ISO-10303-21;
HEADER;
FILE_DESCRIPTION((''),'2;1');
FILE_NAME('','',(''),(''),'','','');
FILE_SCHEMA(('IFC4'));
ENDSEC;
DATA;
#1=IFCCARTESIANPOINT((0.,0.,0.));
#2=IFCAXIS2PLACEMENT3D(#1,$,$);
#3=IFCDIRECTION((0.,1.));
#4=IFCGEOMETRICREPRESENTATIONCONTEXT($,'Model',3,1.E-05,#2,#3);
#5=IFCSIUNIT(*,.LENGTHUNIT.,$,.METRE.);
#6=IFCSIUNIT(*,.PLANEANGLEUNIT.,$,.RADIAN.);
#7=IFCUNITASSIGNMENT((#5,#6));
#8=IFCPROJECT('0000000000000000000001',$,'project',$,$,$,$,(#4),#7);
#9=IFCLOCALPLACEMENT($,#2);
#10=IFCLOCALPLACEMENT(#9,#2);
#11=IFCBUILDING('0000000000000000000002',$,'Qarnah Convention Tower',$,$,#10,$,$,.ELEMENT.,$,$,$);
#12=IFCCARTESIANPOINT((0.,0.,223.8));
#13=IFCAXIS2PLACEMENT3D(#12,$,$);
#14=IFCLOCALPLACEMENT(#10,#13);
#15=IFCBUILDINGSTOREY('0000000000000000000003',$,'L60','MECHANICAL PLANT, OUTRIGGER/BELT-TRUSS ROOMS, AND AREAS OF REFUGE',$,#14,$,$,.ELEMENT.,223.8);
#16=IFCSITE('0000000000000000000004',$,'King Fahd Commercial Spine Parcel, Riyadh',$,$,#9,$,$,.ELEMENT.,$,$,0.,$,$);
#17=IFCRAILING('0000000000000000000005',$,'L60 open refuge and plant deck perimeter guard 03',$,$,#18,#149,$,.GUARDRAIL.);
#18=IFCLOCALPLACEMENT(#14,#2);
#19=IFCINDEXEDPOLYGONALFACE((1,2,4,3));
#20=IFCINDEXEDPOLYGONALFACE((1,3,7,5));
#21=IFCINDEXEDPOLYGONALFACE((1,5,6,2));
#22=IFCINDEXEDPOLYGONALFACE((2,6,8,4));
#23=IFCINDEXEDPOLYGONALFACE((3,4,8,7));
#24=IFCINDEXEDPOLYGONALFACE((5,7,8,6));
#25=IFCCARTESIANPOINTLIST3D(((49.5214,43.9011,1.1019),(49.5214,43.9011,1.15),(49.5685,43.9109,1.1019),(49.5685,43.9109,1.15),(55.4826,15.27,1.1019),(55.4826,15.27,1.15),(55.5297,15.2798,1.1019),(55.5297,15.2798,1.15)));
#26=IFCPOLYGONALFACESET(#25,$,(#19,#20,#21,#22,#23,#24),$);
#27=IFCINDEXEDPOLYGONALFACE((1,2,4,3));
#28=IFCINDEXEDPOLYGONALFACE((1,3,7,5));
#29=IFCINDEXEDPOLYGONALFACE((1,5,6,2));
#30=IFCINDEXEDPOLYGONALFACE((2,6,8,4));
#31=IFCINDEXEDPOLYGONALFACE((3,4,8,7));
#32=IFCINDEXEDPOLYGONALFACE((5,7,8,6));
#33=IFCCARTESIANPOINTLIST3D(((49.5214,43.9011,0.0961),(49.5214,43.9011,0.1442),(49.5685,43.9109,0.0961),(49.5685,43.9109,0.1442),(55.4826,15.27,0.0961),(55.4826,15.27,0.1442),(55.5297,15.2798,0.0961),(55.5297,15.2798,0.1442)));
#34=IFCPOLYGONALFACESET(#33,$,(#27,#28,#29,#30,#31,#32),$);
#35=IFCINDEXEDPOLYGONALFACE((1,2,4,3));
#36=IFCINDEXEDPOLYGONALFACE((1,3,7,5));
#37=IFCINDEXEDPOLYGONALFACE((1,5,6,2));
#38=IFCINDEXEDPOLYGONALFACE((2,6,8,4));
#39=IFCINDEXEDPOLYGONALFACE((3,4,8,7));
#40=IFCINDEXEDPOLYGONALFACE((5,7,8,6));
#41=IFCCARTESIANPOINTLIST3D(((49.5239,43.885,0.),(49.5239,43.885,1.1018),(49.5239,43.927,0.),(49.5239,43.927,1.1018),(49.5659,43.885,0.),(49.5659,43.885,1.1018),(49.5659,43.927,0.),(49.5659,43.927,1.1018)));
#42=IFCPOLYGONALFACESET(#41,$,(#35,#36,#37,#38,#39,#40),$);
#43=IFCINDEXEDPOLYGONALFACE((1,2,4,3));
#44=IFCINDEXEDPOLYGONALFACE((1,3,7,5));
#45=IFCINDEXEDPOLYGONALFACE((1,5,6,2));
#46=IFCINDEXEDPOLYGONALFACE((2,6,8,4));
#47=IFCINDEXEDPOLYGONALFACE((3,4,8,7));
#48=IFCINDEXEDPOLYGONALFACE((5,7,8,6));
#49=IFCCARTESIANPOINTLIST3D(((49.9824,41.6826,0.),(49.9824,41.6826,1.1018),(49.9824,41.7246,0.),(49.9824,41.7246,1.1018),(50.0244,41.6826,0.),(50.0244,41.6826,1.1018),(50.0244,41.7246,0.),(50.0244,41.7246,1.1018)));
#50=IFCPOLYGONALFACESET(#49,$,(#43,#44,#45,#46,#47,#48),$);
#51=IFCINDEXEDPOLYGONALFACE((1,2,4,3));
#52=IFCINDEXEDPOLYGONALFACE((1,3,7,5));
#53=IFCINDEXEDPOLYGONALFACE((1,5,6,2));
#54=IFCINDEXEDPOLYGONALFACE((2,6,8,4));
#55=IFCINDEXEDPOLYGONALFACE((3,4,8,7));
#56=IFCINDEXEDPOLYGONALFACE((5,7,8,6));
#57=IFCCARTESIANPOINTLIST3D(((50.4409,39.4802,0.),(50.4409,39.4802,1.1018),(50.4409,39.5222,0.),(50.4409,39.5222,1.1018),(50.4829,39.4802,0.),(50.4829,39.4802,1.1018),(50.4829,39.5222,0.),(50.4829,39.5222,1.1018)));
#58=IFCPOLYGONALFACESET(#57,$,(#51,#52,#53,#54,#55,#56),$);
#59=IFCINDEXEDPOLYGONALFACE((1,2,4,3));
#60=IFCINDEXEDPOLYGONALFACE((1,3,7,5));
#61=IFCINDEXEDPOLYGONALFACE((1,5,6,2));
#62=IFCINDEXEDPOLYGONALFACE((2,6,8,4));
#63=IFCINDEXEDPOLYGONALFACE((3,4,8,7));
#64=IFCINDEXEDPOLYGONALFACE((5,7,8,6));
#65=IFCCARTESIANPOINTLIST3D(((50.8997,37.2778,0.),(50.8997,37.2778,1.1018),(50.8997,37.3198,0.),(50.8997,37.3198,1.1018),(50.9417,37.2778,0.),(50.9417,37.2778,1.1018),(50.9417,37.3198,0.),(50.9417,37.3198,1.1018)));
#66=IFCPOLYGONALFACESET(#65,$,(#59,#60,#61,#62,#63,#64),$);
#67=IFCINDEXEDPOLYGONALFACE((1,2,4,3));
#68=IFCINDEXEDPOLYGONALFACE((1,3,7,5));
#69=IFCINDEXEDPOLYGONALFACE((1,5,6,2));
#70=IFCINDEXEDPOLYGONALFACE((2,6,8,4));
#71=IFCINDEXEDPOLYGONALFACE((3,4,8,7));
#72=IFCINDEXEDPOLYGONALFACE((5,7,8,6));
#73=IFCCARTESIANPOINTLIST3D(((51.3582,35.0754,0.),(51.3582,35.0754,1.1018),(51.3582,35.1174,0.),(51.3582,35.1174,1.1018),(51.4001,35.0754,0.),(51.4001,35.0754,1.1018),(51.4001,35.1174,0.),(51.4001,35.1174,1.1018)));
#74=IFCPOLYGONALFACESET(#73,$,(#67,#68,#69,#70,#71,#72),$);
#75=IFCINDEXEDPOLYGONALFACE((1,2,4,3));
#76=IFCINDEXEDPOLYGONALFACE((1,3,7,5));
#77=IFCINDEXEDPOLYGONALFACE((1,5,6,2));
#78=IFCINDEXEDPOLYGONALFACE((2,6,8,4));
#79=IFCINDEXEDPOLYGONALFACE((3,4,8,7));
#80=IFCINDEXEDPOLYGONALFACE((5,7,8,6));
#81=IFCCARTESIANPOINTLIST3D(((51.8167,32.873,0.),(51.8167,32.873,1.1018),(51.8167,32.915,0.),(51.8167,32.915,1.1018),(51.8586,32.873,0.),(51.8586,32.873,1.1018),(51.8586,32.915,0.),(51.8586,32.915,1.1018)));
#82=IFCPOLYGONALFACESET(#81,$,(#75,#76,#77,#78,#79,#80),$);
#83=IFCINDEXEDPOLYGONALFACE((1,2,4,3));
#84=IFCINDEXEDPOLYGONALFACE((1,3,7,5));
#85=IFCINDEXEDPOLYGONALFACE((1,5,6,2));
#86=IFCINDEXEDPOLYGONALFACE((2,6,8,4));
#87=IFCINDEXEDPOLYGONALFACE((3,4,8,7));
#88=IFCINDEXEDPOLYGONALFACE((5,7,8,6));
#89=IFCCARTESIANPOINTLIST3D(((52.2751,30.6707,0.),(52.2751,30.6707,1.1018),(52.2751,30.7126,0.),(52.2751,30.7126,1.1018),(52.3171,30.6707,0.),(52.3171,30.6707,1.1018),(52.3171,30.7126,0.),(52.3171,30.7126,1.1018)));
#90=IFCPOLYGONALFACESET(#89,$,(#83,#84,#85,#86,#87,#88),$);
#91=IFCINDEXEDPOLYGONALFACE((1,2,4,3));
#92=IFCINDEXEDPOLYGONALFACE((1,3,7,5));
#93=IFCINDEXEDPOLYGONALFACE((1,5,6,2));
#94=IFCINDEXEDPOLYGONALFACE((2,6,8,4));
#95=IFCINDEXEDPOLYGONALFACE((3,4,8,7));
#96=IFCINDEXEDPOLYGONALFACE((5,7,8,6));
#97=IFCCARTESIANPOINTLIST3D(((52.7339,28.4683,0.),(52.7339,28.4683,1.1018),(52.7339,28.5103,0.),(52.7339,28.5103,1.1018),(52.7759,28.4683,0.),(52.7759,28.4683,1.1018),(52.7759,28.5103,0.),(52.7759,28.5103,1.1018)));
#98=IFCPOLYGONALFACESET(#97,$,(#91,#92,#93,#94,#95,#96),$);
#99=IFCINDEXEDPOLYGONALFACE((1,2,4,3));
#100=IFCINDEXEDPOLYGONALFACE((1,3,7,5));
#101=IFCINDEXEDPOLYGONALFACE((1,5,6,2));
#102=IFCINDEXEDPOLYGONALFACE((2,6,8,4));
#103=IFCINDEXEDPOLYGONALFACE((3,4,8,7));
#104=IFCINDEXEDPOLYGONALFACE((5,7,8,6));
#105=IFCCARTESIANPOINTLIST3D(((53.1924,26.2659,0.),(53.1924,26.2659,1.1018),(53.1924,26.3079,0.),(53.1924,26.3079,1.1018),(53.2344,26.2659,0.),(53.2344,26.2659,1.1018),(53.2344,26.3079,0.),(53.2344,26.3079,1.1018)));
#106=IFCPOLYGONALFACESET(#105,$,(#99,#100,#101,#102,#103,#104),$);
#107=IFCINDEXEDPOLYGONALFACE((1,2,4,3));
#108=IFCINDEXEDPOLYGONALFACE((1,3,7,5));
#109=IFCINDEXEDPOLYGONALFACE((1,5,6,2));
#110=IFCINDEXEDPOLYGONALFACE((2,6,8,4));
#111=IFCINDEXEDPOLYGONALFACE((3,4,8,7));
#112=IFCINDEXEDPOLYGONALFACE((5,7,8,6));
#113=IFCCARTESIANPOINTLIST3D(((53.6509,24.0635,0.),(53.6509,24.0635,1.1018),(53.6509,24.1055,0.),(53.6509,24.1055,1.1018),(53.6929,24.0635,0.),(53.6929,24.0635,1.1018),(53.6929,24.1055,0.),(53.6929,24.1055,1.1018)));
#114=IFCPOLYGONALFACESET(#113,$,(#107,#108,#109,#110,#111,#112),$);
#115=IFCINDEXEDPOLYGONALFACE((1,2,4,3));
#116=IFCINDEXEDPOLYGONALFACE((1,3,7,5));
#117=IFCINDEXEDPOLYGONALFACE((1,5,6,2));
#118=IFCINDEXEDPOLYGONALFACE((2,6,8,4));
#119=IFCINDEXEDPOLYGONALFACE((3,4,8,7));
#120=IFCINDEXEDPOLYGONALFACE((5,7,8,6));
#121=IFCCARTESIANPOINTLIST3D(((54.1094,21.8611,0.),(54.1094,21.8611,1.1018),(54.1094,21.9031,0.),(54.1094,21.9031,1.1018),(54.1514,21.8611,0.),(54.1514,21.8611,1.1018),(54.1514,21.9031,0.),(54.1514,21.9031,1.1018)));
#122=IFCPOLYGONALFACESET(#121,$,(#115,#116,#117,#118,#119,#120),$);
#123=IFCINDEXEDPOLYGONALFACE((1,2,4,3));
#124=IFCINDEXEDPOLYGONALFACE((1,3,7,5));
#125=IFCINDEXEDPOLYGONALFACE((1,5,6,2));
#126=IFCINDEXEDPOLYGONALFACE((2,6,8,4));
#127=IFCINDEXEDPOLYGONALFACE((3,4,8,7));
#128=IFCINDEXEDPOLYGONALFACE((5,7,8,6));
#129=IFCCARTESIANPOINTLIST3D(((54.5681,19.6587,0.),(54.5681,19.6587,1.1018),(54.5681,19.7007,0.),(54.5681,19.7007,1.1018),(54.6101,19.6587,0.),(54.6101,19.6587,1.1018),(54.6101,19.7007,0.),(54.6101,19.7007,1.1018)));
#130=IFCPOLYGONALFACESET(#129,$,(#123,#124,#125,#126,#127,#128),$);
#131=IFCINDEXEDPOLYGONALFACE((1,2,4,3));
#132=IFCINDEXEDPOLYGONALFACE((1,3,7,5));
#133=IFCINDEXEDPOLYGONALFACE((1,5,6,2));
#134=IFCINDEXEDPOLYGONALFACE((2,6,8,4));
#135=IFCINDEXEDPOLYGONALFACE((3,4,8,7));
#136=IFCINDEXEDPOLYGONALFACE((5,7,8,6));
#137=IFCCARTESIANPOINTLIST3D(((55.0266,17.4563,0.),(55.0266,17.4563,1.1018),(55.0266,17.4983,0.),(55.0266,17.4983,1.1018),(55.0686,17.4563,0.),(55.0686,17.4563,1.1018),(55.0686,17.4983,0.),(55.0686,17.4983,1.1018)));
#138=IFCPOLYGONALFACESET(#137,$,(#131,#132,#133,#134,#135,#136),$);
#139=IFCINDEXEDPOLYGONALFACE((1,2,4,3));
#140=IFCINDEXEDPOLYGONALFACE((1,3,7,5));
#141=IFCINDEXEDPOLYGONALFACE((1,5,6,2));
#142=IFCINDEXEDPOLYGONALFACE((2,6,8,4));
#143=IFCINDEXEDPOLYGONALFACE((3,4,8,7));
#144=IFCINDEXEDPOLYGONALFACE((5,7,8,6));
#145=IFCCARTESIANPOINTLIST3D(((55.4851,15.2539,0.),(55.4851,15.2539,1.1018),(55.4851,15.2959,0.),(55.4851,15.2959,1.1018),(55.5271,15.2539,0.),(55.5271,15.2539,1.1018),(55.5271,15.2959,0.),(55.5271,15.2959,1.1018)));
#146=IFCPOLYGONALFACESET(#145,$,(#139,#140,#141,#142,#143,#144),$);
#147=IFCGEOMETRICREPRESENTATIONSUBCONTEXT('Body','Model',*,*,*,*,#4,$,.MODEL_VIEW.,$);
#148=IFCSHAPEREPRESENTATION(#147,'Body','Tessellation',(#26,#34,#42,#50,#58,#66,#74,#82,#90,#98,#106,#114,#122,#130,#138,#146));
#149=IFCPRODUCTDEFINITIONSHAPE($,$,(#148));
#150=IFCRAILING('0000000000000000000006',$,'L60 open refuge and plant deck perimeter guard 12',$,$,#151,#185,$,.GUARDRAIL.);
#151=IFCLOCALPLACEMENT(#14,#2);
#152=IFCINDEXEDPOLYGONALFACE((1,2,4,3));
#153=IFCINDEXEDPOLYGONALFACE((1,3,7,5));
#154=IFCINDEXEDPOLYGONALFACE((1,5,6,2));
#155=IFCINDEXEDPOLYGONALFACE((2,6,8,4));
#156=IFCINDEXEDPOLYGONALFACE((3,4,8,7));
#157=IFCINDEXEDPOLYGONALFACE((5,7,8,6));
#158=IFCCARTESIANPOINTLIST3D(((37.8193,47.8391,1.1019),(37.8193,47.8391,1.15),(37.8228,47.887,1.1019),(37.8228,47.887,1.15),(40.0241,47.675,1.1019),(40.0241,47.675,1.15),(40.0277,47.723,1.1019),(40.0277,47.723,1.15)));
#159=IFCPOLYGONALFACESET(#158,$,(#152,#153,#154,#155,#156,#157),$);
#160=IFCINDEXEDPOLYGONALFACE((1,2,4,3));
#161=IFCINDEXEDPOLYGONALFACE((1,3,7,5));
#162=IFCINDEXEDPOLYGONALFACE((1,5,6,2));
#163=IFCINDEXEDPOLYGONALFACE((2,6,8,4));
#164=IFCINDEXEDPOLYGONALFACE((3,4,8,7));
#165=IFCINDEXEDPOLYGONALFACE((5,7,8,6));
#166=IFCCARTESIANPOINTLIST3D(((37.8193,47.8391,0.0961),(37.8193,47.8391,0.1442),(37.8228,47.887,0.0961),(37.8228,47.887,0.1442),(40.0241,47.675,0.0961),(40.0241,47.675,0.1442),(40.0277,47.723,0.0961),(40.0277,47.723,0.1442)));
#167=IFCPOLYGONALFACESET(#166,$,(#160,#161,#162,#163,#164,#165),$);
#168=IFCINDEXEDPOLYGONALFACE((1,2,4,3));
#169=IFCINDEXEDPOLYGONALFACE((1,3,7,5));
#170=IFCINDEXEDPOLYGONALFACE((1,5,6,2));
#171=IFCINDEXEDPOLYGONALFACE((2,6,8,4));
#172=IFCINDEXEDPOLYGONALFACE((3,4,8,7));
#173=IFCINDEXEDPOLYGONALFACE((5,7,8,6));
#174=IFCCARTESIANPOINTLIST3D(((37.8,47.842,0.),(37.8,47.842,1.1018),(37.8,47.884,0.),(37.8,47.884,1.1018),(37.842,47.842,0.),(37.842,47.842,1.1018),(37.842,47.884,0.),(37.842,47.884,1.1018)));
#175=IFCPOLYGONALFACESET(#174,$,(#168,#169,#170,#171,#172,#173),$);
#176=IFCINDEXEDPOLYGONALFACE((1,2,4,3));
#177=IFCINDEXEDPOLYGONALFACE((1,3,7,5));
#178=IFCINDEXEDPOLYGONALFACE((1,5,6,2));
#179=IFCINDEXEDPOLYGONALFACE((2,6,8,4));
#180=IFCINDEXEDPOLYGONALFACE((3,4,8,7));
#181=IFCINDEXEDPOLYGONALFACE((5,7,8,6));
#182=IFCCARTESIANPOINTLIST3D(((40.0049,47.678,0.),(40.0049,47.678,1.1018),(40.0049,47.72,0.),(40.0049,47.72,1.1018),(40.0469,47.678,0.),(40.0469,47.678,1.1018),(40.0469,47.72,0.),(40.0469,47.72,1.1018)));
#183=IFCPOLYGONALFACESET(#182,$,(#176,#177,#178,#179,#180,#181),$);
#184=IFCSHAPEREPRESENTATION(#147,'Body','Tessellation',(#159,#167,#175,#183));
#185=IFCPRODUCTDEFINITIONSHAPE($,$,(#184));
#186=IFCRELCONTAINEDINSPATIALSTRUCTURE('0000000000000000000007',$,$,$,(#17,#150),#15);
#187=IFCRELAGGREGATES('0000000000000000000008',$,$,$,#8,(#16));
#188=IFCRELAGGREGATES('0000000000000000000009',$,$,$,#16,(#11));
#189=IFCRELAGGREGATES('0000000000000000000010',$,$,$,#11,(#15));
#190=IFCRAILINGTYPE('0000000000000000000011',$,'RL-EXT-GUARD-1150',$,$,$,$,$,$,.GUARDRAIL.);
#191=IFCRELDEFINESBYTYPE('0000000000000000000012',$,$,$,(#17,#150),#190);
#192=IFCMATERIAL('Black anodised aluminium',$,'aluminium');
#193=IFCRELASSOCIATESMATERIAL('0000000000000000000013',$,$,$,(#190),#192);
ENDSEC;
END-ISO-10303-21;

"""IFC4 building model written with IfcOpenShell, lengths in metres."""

from ifc_helpers import new_model, si_unit, direction, frame, origin, origin_2d, place, context, subcontext, project, spatial, rectangle, extrude, material, type_object, element, save


model = new_model("IFC4")

# Units and contexts
model_context = context("Model", 3, precision=1e-05, world=origin(), true_north=direction((0.0, 1.0)))
body_context = subcontext(model_context, "Body", "Model", "MODEL_VIEW")
ifc_project = project(units=[si_unit("LENGTHUNIT", "METRE"), si_unit("PLANEANGLEUNIT", "RADIAN")], contexts=[model_context])

# Site, building, storey
site_placement = place(None, origin())
site = spatial("IfcSite", under=ifc_project, at=site_placement, Name="King Fahd Commercial Spine Parcel, Riyadh", CompositionType="ELEMENT", RefElevation=0.0)
building_placement = place(site_placement, origin())
building = spatial("IfcBuilding", under=site, at=building_placement, Name="Qarnah Convention Tower", CompositionType="ELEMENT")
storey_placement = place(building_placement, frame((0.0, 0.0, 223.8)))
storey = spatial("IfcBuildingStorey", under=building, at=storey_placement, Name="L60", Description="MECHANICAL PLANT, OUTRIGGER/BELT-TRUSS ROOMS, AND AREAS OF REFUGE", CompositionType="ELEMENT", Elevation=223.8)

# Railings
ifc_material_1 = material(Name="Black anodised aluminium", Category="aluminium")
railing_type = type_object("IfcRailingType", Name="RL-EXT-GUARD-1150", PredefinedType="GUARDRAIL", material=ifc_material_1)
railing_1_placement = place(storey_placement, frame((49.5449, 43.906, 0.0)))
element("IfcRailing", 1, at=railing_1_placement, inside=storey, type_object=railing_type, Name="L60 open refuge and plant deck perimeter guard 03", PredefinedType="GUARDRAIL", context=body_context, shape_type="SweptSolid", body=[
    extrude(rectangle(XDim=0.0481, YDim=0.0481, at=origin_2d()), frame((0.0, 0.0, 1.126), z_axis=(0.203835, -0.979005, 0.0), x_axis=(0.979005, 0.203835, 0.0)), (0.0, 0.0, 1.0), 29.2451),
    extrude(rectangle(XDim=0.0481, YDim=0.0481, at=origin_2d()), frame((0.0, 0.0, 0.1201), z_axis=(0.203835, -0.979005, 0.0), x_axis=(0.979005, 0.203835, 0.0)), (0.0, 0.0, 1.0), 29.2451),
    extrude(rectangle(XDim=0.042, YDim=0.042, at=origin_2d()), origin(), (0.0, 0.0, 1.0), 1.1018),
    extrude(rectangle(XDim=0.042, YDim=0.042, at=origin_2d()), frame((0.4585, -2.2024, 0.0)), (0.0, 0.0, 1.0), 1.1018),
    extrude(rectangle(XDim=0.042, YDim=0.042, at=origin_2d()), frame((0.917, -4.4048, 0.0)), (0.0, 0.0, 1.0), 1.1018),
    extrude(rectangle(XDim=0.042, YDim=0.042, at=origin_2d()), frame((1.3757, -6.6072, 0.0)), (0.0, 0.0, 1.0), 1.1018),
    extrude(rectangle(XDim=0.042, YDim=0.042, at=origin_2d()), frame((1.8342, -8.8096, 0.0)), (0.0, 0.0, 1.0), 1.1018),
    extrude(rectangle(XDim=0.042, YDim=0.042, at=origin_2d()), frame((2.2927, -11.012, 0.0)), (0.0, 0.0, 1.0), 1.1018),
    extrude(rectangle(XDim=0.042, YDim=0.042, at=origin_2d()), frame((2.7512, -13.2144, 0.0)), (0.0, 0.0, 1.0), 1.1018),
    extrude(rectangle(XDim=0.042, YDim=0.042, at=origin_2d()), frame((3.21, -15.4167, 0.0)), (0.0, 0.0, 1.0), 1.1018),
    extrude(rectangle(XDim=0.042, YDim=0.042, at=origin_2d()), frame((3.6685, -17.6191, 0.0)), (0.0, 0.0, 1.0), 1.1018),
    extrude(rectangle(XDim=0.042, YDim=0.042, at=origin_2d()), frame((4.127, -19.8215, 0.0)), (0.0, 0.0, 1.0), 1.1018),
    extrude(rectangle(XDim=0.042, YDim=0.042, at=origin_2d()), frame((4.5854, -22.0239, 0.0)), (0.0, 0.0, 1.0), 1.1018),
    extrude(rectangle(XDim=0.042, YDim=0.042, at=origin_2d()), frame((5.0442, -24.2263, 0.0)), (0.0, 0.0, 1.0), 1.1018),
    extrude(rectangle(XDim=0.042, YDim=0.042, at=origin_2d()), frame((5.5027, -26.4287, 0.0)), (0.0, 0.0, 1.0), 1.1018),
    extrude(rectangle(XDim=0.042, YDim=0.042, at=origin_2d()), frame((5.9612, -28.6311, 0.0)), (0.0, 0.0, 1.0), 1.1018),
])
railing_2_placement = place(storey_placement, frame((37.821, 47.863, 0.0)))
element("IfcRailing", 2, at=railing_2_placement, inside=storey, type_object=railing_type, Name="L60 open refuge and plant deck perimeter guard 12", PredefinedType="GUARDRAIL", context=body_context, shape_type="SweptSolid", body=[
    extrude(rectangle(XDim=0.0481, YDim=0.0481, at=origin_2d()), frame((0.0, 0.0, 1.126), z_axis=(0.997243, -0.074205, 0.0), x_axis=(0.074205, 0.997243, 0.0)), (0.0, 0.0, 1.0), 2.2109),
    extrude(rectangle(XDim=0.0481, YDim=0.0481, at=origin_2d()), frame((0.0, 0.0, 0.1201), z_axis=(0.997243, -0.074205, 0.0), x_axis=(0.074205, 0.997243, 0.0)), (0.0, 0.0, 1.0), 2.2109),
    extrude(rectangle(XDim=0.042, YDim=0.042, at=origin_2d()), origin(), (0.0, 0.0, 1.0), 1.1018),
    extrude(rectangle(XDim=0.042, YDim=0.042, at=origin_2d()), frame((2.2048, -0.1641, 0.0)), (0.0, 0.0, 1.0), 1.1018),
])

save(model, "model.ifc")
